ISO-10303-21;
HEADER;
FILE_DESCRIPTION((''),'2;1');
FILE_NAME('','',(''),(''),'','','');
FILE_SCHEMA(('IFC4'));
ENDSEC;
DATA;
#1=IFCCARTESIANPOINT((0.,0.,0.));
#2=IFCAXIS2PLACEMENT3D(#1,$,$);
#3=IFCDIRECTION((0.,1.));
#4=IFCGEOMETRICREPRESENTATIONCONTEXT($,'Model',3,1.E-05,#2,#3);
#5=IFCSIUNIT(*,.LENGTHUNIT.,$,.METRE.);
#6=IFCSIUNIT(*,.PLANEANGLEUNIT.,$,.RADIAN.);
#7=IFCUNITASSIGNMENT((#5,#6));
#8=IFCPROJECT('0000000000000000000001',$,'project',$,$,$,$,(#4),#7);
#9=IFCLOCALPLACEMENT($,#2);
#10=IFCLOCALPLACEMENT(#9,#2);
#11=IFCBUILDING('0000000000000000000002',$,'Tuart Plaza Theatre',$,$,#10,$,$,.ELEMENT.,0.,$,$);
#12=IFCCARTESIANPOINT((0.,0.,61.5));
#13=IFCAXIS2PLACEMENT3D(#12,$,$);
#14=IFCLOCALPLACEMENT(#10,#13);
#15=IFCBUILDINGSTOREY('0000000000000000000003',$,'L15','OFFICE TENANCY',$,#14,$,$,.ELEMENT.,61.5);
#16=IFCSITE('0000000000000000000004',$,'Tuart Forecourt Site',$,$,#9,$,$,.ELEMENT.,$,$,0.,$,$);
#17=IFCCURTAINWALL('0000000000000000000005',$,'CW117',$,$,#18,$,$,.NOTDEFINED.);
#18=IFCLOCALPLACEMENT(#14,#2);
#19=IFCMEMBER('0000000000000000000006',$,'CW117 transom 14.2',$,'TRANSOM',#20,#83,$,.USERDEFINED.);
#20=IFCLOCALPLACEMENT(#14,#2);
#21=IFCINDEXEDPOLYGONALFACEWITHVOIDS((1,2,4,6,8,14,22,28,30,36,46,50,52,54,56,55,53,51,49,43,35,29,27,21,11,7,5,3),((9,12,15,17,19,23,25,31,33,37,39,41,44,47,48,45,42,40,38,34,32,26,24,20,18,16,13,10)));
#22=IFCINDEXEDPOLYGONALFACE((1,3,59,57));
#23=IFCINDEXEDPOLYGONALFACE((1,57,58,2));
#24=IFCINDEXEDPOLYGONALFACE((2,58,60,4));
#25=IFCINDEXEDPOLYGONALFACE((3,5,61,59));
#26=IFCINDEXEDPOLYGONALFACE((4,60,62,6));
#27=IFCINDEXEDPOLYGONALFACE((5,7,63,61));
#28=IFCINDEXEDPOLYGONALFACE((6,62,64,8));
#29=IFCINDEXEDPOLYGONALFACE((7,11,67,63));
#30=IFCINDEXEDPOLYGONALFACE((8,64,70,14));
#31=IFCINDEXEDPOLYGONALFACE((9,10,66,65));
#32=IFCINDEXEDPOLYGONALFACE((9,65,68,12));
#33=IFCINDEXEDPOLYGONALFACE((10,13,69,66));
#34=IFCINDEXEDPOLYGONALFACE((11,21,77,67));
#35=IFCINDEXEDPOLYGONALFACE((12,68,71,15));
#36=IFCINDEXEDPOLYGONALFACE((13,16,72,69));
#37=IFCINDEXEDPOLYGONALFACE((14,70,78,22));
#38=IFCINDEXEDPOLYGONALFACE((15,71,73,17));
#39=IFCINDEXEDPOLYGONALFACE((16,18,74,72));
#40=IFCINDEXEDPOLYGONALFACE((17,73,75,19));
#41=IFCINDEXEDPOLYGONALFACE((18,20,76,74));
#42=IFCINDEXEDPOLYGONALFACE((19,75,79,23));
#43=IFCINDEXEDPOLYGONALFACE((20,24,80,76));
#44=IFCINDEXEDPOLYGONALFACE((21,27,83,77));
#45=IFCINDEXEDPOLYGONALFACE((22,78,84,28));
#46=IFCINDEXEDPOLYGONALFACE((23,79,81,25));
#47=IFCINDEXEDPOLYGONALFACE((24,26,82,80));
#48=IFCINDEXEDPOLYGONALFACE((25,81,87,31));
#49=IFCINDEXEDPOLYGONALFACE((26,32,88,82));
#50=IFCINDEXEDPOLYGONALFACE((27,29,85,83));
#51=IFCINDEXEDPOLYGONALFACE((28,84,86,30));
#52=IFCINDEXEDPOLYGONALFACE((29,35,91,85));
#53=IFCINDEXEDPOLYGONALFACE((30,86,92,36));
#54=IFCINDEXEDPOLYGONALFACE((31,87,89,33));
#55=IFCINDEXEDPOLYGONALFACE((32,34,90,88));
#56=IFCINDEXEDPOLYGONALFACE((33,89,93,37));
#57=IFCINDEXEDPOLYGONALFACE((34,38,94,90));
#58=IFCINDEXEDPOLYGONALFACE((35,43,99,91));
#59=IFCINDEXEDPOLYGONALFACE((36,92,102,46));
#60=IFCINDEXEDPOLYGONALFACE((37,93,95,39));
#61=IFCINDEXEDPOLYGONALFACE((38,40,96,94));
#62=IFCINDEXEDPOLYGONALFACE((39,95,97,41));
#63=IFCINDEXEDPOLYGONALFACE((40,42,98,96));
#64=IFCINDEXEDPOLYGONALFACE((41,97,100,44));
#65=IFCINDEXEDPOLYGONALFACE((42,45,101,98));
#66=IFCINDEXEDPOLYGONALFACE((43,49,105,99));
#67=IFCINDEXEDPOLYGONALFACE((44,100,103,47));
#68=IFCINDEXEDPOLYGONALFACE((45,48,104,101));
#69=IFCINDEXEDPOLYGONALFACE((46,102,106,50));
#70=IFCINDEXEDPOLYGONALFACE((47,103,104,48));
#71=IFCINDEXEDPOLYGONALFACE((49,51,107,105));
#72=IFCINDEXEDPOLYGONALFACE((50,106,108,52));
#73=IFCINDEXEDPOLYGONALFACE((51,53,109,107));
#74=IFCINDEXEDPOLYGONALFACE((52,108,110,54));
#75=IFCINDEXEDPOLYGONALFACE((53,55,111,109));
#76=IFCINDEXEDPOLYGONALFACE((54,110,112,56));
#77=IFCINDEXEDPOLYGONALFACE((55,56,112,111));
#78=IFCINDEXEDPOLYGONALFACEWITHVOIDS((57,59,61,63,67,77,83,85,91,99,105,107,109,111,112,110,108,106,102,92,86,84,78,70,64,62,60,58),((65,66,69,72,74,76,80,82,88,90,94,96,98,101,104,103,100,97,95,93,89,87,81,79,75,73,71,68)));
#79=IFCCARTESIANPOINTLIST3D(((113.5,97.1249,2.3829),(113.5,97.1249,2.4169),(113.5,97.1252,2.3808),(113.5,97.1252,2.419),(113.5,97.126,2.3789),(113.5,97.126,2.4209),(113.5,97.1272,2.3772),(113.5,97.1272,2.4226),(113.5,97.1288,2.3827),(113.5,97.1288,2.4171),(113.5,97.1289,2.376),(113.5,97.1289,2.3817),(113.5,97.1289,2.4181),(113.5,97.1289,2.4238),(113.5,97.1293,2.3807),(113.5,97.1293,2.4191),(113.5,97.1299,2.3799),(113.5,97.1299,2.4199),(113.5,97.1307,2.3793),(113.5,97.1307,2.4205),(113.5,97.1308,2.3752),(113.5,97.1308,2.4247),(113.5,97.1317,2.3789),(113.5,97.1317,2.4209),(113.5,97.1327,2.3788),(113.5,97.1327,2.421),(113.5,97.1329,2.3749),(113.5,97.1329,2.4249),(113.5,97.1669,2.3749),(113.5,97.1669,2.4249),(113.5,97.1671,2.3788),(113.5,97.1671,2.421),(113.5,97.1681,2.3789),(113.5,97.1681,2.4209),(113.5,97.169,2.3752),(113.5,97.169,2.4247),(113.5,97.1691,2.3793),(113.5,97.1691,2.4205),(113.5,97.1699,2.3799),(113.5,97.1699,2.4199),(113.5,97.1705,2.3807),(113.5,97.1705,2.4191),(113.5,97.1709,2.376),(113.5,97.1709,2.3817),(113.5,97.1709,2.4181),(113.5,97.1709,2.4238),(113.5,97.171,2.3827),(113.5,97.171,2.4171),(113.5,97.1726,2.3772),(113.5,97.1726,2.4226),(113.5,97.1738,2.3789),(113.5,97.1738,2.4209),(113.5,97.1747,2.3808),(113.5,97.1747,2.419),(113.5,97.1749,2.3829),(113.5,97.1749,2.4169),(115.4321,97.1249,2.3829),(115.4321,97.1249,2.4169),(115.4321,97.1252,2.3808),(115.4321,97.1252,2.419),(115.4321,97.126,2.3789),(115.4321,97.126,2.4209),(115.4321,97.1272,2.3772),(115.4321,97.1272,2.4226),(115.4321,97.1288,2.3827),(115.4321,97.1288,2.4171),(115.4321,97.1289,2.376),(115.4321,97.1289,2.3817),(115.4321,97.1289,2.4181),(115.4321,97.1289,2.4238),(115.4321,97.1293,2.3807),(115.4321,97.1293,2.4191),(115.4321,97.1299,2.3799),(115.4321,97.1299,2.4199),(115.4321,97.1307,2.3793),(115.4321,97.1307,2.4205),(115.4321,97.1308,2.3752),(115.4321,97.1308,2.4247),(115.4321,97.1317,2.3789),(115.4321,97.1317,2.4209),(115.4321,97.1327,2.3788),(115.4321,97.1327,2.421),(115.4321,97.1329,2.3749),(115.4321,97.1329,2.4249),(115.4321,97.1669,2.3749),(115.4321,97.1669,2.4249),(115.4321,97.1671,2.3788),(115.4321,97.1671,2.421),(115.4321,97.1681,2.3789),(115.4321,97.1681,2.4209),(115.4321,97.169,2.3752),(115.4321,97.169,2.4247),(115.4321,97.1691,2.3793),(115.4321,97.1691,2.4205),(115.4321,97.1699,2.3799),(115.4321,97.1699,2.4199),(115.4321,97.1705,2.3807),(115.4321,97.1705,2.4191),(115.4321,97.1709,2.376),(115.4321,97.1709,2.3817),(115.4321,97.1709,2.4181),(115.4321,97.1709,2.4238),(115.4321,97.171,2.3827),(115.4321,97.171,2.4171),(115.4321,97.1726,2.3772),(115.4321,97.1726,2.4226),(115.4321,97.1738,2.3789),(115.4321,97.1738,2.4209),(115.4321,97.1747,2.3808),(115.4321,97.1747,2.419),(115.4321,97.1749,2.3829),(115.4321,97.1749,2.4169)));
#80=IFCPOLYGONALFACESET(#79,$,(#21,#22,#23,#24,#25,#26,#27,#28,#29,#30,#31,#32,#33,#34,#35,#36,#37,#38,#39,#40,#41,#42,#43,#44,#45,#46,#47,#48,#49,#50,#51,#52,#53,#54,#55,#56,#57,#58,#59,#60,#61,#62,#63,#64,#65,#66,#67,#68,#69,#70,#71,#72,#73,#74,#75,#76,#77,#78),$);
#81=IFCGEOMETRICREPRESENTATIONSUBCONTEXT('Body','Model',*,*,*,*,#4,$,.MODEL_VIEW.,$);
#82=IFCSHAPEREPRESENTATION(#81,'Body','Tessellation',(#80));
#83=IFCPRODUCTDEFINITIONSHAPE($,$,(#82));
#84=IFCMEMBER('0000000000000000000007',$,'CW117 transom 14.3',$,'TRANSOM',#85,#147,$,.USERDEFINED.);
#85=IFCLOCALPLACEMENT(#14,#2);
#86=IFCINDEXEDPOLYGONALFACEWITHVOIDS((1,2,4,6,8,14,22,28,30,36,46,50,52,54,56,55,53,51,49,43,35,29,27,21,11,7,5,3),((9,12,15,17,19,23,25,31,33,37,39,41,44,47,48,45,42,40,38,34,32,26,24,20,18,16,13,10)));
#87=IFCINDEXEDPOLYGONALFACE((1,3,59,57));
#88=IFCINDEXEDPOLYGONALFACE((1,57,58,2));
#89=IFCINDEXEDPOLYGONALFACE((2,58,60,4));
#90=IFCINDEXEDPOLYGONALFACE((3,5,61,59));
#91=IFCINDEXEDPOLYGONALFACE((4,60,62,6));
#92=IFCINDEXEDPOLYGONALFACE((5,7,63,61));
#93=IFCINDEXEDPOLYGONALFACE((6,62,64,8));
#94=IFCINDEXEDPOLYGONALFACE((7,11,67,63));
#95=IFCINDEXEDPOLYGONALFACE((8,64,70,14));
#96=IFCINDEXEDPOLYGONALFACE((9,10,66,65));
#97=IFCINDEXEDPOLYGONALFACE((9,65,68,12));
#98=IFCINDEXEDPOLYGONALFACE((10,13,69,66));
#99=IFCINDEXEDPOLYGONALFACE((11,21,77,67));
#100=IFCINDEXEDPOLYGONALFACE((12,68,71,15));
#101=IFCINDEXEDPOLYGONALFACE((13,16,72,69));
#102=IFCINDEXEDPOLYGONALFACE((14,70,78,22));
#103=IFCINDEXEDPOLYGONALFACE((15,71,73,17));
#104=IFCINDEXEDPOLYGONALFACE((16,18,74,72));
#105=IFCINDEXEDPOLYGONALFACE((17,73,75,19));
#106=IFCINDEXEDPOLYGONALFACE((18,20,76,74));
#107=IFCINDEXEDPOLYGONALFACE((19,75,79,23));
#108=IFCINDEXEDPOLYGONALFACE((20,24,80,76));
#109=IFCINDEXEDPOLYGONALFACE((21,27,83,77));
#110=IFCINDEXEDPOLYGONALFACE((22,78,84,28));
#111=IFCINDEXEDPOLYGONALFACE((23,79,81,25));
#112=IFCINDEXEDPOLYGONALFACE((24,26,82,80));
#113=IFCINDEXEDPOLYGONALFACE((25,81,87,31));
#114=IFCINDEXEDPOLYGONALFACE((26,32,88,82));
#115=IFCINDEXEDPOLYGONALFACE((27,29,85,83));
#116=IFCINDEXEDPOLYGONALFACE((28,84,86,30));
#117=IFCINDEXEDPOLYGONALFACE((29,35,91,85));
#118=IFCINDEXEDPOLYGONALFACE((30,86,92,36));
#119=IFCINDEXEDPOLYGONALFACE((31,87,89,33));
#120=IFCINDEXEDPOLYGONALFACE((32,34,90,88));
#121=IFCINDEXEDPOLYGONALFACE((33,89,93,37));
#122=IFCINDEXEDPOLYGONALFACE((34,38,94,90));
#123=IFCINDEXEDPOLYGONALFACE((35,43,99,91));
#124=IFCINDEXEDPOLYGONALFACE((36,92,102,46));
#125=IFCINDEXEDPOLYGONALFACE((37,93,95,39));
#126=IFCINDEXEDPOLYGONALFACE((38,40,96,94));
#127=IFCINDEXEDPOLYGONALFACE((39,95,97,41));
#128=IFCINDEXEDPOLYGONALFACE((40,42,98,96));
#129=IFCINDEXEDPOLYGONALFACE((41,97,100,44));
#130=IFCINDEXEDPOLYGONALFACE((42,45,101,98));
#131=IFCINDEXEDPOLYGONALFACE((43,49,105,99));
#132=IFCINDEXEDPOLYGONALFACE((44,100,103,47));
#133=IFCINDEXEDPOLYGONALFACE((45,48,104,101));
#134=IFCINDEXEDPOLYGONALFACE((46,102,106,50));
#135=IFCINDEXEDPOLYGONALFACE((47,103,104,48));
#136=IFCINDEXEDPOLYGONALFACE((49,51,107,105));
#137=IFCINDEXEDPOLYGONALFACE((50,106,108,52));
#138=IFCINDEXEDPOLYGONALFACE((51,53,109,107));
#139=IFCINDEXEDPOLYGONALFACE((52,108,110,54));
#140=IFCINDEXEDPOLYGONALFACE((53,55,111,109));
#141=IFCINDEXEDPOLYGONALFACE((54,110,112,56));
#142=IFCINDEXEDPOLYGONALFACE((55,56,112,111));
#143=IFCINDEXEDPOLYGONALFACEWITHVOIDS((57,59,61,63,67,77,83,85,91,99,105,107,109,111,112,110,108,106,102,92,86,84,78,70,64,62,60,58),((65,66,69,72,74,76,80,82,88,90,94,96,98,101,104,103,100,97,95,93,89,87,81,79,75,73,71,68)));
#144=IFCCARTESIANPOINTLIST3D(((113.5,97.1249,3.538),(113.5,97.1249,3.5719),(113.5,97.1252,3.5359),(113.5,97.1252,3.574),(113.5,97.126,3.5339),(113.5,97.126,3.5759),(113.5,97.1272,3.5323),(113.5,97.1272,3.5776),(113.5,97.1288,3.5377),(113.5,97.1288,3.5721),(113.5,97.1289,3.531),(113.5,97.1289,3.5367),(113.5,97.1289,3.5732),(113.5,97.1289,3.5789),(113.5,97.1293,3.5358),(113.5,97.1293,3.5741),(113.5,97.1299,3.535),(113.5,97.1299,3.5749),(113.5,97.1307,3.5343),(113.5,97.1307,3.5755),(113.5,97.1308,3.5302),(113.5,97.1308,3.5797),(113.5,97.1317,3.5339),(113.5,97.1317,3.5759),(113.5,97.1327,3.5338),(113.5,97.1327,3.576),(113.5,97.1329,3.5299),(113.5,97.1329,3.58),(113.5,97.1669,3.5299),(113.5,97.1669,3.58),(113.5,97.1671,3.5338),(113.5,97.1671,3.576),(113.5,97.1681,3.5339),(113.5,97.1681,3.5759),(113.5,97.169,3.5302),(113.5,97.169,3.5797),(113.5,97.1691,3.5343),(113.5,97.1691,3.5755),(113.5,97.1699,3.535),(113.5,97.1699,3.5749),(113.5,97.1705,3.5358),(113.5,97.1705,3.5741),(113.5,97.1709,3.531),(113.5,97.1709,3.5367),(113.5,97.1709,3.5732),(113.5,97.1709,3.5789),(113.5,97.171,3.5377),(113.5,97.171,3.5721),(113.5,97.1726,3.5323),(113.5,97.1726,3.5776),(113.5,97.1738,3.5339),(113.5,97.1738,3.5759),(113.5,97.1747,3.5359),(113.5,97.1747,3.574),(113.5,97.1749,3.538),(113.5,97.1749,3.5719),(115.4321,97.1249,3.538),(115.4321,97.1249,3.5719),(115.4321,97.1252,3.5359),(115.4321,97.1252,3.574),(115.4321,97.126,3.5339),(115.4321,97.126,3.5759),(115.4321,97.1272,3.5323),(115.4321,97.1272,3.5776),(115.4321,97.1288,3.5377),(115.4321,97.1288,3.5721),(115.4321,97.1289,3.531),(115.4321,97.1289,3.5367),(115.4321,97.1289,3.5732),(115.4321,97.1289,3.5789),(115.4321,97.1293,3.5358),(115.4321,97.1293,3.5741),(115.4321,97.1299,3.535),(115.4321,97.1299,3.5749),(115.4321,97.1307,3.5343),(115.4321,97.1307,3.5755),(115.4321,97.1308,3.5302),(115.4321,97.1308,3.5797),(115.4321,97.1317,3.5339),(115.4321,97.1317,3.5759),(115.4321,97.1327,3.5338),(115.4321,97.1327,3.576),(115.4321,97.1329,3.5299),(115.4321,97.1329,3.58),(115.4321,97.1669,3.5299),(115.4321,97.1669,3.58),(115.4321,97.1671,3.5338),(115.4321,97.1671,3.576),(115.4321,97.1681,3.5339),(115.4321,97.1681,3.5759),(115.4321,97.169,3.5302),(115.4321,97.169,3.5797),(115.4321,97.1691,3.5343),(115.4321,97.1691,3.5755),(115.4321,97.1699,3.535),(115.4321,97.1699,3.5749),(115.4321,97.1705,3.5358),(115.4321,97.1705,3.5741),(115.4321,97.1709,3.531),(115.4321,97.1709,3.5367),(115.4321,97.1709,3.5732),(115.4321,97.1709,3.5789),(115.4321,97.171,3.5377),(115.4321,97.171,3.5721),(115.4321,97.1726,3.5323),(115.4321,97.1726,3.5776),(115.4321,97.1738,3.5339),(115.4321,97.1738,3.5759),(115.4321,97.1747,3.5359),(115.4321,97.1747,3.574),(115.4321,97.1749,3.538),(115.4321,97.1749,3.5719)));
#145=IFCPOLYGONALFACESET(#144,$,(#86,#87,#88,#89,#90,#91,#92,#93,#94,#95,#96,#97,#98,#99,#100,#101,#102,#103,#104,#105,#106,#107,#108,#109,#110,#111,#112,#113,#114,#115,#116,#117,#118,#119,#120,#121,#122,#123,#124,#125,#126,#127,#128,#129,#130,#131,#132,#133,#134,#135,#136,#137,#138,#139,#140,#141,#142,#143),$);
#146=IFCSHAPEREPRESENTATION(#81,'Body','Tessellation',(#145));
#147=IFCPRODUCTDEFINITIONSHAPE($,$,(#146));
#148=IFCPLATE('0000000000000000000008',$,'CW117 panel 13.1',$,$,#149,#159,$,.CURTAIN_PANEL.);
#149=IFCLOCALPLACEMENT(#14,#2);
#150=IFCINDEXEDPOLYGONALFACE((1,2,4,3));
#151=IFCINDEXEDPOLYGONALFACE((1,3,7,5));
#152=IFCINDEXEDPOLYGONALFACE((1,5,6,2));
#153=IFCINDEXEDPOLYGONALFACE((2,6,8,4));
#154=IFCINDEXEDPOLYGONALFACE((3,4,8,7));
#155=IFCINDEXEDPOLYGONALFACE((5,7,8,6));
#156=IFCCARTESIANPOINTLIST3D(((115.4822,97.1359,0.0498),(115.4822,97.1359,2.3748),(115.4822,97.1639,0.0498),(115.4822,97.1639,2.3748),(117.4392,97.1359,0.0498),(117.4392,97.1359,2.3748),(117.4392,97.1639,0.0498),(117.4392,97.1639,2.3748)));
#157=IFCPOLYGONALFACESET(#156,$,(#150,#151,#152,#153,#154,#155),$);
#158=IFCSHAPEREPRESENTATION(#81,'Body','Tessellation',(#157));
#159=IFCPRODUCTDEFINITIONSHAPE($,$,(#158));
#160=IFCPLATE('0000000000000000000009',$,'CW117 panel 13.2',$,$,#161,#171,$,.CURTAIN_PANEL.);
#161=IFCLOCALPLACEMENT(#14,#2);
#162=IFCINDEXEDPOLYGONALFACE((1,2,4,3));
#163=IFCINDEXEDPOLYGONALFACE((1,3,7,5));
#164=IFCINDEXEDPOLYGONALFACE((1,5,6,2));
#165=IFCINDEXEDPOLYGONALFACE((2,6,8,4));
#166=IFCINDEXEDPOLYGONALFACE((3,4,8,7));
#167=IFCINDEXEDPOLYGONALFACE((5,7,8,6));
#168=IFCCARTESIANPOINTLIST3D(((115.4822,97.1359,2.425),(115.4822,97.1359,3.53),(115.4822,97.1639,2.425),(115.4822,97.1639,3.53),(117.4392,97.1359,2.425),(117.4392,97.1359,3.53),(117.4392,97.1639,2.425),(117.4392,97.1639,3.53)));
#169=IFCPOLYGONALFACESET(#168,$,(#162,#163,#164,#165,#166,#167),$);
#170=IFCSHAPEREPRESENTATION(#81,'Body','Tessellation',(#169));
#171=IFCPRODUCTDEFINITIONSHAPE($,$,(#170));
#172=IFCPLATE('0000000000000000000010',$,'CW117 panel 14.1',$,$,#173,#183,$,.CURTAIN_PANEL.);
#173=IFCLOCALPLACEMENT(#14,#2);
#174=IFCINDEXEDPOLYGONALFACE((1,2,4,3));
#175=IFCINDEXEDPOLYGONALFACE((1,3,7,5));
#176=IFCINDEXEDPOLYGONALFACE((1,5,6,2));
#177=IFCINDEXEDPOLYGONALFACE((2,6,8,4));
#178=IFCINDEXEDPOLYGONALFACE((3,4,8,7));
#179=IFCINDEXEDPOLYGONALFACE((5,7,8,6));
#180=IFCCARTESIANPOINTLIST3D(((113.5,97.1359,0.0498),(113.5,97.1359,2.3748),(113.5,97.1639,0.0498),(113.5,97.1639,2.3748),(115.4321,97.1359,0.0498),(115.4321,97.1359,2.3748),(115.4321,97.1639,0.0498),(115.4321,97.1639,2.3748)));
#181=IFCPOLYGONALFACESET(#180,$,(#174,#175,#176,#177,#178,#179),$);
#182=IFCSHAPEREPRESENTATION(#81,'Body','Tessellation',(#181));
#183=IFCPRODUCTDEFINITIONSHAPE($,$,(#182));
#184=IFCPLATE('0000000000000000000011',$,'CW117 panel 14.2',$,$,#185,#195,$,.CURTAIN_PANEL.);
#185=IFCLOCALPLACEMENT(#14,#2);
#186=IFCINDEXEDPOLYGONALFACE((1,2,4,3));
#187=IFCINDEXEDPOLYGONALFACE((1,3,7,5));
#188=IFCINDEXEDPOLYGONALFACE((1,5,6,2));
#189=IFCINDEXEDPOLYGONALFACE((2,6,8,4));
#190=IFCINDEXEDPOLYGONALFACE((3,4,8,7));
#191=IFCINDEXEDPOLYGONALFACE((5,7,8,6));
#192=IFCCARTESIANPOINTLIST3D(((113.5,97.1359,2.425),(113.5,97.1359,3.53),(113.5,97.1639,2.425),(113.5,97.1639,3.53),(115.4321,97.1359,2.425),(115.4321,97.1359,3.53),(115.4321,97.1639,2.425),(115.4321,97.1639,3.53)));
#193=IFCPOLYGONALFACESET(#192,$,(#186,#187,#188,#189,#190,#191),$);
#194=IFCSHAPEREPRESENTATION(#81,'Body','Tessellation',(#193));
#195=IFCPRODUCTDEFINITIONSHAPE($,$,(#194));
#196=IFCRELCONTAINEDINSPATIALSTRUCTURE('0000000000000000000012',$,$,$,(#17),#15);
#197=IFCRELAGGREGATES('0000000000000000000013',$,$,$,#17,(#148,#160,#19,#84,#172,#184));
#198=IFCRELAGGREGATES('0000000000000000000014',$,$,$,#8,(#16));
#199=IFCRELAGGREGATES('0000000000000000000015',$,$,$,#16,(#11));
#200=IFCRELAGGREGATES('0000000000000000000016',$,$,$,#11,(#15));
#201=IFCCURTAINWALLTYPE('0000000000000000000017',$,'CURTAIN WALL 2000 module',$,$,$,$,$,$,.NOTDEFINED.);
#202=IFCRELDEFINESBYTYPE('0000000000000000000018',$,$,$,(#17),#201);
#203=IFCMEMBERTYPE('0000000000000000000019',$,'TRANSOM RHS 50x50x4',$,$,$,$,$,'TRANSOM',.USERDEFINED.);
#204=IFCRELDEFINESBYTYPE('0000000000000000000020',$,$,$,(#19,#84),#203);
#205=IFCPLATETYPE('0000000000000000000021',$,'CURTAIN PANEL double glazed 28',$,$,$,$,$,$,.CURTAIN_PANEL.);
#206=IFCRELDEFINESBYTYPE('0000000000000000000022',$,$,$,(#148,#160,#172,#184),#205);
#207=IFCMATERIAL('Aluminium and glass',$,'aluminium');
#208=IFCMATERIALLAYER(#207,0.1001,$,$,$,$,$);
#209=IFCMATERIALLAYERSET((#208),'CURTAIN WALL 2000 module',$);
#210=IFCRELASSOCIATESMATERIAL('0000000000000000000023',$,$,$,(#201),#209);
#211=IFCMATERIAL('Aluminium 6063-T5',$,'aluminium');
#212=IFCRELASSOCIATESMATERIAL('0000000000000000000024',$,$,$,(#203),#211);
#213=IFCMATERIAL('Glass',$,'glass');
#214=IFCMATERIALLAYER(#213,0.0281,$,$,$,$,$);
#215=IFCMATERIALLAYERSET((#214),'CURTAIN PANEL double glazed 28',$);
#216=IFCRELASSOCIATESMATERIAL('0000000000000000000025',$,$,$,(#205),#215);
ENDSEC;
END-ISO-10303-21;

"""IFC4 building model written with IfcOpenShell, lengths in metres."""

from ifc_helpers import new_model, si_unit, direction, frame, origin, origin_2d, place, context, subcontext, project, spatial, rectangle, hollow_rectangle, extrude, material, layer, layer_set, material_profile, profile_set, type_object, element, aggregate, save


model = new_model("IFC4")

# Units and contexts
model_context = context("Model", 3, precision=1e-05, world=origin(), true_north=direction((0.0, 1.0)))
body_context = subcontext(model_context, "Body", "Model", "MODEL_VIEW")
ifc_project = project(units=[si_unit("LENGTHUNIT", "METRE"), si_unit("PLANEANGLEUNIT", "RADIAN")], contexts=[model_context])

# Site, building, storey
site_placement = place(None, origin())
site = spatial("IfcSite", under=ifc_project, at=site_placement, Name="Tuart Forecourt Site", CompositionType="ELEMENT", RefElevation=0.0)
building_placement = place(site_placement, origin())
building = spatial("IfcBuilding", under=site, at=building_placement, Name="Tuart Plaza Theatre", CompositionType="ELEMENT", ElevationOfRefHeight=0.0)
storey_placement = place(building_placement, frame((0.0, 0.0, 61.5)))
storey = spatial("IfcBuildingStorey", under=building, at=storey_placement, Name="L15", Description="OFFICE TENANCY", CompositionType="ELEMENT", Elevation=61.5)

# Curtain wall, members, plates
ifc_material_1 = material(Name="Aluminium and glass", Category="aluminium")
ifc_layer_1 = layer(ifc_material_1, 0.1001)
ifc_layer_set_1 = layer_set([ifc_layer_1], Name="CURTAIN WALL 2000 module")
curtain_wall_type = type_object("IfcCurtainWallType", Name="CURTAIN WALL 2000 module", PredefinedType="NOTDEFINED", material=ifc_layer_set_1)
curtain_wall_placement = place(storey_placement, origin())
curtain_wall = element("IfcCurtainWall", 1, at=curtain_wall_placement, inside=storey, type_object=curtain_wall_type, Name="CW117", PredefinedType="NOTDEFINED")
ifc_material_2 = material(Name="Aluminium 6063-T5", Category="aluminium")
ifc_material_profile_1 = material_profile(ifc_material_2, hollow_rectangle(XDim=0.05, YDim=0.05, WallThickness=0.0039, InnerFilletRadius=0.0039, OuterFilletRadius=0.0081, at=origin_2d()), Name="RHS 50x50x4")
ifc_profile_set_1 = profile_set([ifc_material_profile_1], Name="Aluminium 6063-T5")
member_type_1 = type_object("IfcMemberType", Name="TRANSOM RHS 50x50x4", ElementType="TRANSOM", PredefinedType="USERDEFINED", material=ifc_profile_set_1)
member_1_placement = place(storey_placement, frame((115.4321, 97.1499, 2.3999), z_axis=(-1.0, 0.0, 0.0), x_axis=(0.0, -1.0, 0.0)))
member_1 = element("IfcMember", 2, at=member_1_placement, type_object=member_type_1, Name="CW117 transom 14.2", ObjectType="TRANSOM", PredefinedType="USERDEFINED", context=body_context, shape_type="SweptSolid", body=[
    extrude(hollow_rectangle(XDim=0.05, YDim=0.05, WallThickness=0.0039, InnerFilletRadius=0.0039, OuterFilletRadius=0.0081, at=origin_2d()), origin(), (0.0, 0.0, 1.0), 1.9321),
])
member_2_placement = place(storey_placement, frame((115.4321, 97.1499, 3.5549), z_axis=(-1.0, 0.0, 0.0), x_axis=(0.0, -1.0, 0.0)))
member_2 = element("IfcMember", 3, at=member_2_placement, type_object=member_type_1, Name="CW117 transom 14.3", ObjectType="TRANSOM", PredefinedType="USERDEFINED", context=body_context, shape_type="SweptSolid", body=[
    extrude(hollow_rectangle(XDim=0.05, YDim=0.05, WallThickness=0.0039, InnerFilletRadius=0.0039, OuterFilletRadius=0.0081, at=origin_2d()), origin(), (0.0, 0.0, 1.0), 1.9321),
])
ifc_material_3 = material(Name="Glass", Category="glass")
ifc_layer_2 = layer(ifc_material_3, 0.0281)
ifc_layer_set_2 = layer_set([ifc_layer_2], Name="CURTAIN PANEL double glazed 28")
plate_type = type_object("IfcPlateType", Name="CURTAIN PANEL double glazed 28", PredefinedType="CURTAIN_PANEL", material=ifc_layer_set_2)
plate_1_placement = place(storey_placement, frame((116.4607, 97.1499, 0.0498), z_axis=(0.0, 0.0, 1.0), x_axis=(-1.0, 0.0, 0.0)))
plate_1 = element("IfcPlate", 4, at=plate_1_placement, type_object=plate_type, Name="CW117 panel 13.1", PredefinedType="CURTAIN_PANEL", context=body_context, shape_type="SweptSolid", body=[
    extrude(rectangle(XDim=1.957, YDim=0.0281, at=origin_2d()), origin(), (0.0, 0.0, 1.0), 2.325),
])
plate_2_placement = place(storey_placement, frame((116.4607, 97.1499, 2.425), z_axis=(0.0, 0.0, 1.0), x_axis=(-1.0, 0.0, 0.0)))
plate_2 = element("IfcPlate", 5, at=plate_2_placement, type_object=plate_type, Name="CW117 panel 13.2", PredefinedType="CURTAIN_PANEL", context=body_context, shape_type="SweptSolid", body=[
    extrude(rectangle(XDim=1.957, YDim=0.0281, at=origin_2d()), origin(), (0.0, 0.0, 1.0), 1.105),
])
plate_3_placement = place(storey_placement, frame((114.4661, 97.1499, 0.0498), z_axis=(0.0, 0.0, 1.0), x_axis=(-1.0, 0.0, 0.0)))
plate_3 = element("IfcPlate", 6, at=plate_3_placement, type_object=plate_type, Name="CW117 panel 14.1", PredefinedType="CURTAIN_PANEL", context=body_context, shape_type="SweptSolid", body=[
    extrude(rectangle(XDim=1.9321, YDim=0.0281, at=origin_2d()), origin(), (0.0, 0.0, 1.0), 2.325),
])
plate_4_placement = place(storey_placement, frame((114.4661, 97.1499, 2.425), z_axis=(0.0, 0.0, 1.0), x_axis=(-1.0, 0.0, 0.0)))
plate_4 = element("IfcPlate", 7, at=plate_4_placement, type_object=plate_type, Name="CW117 panel 14.2", PredefinedType="CURTAIN_PANEL", context=body_context, shape_type="SweptSolid", body=[
    extrude(rectangle(XDim=1.9321, YDim=0.0281, at=origin_2d()), origin(), (0.0, 0.0, 1.0), 1.105),
])
aggregate(curtain_wall, [plate_1, plate_2, member_1, member_2, plate_3, plate_4])

save(model, "model.ifc")
